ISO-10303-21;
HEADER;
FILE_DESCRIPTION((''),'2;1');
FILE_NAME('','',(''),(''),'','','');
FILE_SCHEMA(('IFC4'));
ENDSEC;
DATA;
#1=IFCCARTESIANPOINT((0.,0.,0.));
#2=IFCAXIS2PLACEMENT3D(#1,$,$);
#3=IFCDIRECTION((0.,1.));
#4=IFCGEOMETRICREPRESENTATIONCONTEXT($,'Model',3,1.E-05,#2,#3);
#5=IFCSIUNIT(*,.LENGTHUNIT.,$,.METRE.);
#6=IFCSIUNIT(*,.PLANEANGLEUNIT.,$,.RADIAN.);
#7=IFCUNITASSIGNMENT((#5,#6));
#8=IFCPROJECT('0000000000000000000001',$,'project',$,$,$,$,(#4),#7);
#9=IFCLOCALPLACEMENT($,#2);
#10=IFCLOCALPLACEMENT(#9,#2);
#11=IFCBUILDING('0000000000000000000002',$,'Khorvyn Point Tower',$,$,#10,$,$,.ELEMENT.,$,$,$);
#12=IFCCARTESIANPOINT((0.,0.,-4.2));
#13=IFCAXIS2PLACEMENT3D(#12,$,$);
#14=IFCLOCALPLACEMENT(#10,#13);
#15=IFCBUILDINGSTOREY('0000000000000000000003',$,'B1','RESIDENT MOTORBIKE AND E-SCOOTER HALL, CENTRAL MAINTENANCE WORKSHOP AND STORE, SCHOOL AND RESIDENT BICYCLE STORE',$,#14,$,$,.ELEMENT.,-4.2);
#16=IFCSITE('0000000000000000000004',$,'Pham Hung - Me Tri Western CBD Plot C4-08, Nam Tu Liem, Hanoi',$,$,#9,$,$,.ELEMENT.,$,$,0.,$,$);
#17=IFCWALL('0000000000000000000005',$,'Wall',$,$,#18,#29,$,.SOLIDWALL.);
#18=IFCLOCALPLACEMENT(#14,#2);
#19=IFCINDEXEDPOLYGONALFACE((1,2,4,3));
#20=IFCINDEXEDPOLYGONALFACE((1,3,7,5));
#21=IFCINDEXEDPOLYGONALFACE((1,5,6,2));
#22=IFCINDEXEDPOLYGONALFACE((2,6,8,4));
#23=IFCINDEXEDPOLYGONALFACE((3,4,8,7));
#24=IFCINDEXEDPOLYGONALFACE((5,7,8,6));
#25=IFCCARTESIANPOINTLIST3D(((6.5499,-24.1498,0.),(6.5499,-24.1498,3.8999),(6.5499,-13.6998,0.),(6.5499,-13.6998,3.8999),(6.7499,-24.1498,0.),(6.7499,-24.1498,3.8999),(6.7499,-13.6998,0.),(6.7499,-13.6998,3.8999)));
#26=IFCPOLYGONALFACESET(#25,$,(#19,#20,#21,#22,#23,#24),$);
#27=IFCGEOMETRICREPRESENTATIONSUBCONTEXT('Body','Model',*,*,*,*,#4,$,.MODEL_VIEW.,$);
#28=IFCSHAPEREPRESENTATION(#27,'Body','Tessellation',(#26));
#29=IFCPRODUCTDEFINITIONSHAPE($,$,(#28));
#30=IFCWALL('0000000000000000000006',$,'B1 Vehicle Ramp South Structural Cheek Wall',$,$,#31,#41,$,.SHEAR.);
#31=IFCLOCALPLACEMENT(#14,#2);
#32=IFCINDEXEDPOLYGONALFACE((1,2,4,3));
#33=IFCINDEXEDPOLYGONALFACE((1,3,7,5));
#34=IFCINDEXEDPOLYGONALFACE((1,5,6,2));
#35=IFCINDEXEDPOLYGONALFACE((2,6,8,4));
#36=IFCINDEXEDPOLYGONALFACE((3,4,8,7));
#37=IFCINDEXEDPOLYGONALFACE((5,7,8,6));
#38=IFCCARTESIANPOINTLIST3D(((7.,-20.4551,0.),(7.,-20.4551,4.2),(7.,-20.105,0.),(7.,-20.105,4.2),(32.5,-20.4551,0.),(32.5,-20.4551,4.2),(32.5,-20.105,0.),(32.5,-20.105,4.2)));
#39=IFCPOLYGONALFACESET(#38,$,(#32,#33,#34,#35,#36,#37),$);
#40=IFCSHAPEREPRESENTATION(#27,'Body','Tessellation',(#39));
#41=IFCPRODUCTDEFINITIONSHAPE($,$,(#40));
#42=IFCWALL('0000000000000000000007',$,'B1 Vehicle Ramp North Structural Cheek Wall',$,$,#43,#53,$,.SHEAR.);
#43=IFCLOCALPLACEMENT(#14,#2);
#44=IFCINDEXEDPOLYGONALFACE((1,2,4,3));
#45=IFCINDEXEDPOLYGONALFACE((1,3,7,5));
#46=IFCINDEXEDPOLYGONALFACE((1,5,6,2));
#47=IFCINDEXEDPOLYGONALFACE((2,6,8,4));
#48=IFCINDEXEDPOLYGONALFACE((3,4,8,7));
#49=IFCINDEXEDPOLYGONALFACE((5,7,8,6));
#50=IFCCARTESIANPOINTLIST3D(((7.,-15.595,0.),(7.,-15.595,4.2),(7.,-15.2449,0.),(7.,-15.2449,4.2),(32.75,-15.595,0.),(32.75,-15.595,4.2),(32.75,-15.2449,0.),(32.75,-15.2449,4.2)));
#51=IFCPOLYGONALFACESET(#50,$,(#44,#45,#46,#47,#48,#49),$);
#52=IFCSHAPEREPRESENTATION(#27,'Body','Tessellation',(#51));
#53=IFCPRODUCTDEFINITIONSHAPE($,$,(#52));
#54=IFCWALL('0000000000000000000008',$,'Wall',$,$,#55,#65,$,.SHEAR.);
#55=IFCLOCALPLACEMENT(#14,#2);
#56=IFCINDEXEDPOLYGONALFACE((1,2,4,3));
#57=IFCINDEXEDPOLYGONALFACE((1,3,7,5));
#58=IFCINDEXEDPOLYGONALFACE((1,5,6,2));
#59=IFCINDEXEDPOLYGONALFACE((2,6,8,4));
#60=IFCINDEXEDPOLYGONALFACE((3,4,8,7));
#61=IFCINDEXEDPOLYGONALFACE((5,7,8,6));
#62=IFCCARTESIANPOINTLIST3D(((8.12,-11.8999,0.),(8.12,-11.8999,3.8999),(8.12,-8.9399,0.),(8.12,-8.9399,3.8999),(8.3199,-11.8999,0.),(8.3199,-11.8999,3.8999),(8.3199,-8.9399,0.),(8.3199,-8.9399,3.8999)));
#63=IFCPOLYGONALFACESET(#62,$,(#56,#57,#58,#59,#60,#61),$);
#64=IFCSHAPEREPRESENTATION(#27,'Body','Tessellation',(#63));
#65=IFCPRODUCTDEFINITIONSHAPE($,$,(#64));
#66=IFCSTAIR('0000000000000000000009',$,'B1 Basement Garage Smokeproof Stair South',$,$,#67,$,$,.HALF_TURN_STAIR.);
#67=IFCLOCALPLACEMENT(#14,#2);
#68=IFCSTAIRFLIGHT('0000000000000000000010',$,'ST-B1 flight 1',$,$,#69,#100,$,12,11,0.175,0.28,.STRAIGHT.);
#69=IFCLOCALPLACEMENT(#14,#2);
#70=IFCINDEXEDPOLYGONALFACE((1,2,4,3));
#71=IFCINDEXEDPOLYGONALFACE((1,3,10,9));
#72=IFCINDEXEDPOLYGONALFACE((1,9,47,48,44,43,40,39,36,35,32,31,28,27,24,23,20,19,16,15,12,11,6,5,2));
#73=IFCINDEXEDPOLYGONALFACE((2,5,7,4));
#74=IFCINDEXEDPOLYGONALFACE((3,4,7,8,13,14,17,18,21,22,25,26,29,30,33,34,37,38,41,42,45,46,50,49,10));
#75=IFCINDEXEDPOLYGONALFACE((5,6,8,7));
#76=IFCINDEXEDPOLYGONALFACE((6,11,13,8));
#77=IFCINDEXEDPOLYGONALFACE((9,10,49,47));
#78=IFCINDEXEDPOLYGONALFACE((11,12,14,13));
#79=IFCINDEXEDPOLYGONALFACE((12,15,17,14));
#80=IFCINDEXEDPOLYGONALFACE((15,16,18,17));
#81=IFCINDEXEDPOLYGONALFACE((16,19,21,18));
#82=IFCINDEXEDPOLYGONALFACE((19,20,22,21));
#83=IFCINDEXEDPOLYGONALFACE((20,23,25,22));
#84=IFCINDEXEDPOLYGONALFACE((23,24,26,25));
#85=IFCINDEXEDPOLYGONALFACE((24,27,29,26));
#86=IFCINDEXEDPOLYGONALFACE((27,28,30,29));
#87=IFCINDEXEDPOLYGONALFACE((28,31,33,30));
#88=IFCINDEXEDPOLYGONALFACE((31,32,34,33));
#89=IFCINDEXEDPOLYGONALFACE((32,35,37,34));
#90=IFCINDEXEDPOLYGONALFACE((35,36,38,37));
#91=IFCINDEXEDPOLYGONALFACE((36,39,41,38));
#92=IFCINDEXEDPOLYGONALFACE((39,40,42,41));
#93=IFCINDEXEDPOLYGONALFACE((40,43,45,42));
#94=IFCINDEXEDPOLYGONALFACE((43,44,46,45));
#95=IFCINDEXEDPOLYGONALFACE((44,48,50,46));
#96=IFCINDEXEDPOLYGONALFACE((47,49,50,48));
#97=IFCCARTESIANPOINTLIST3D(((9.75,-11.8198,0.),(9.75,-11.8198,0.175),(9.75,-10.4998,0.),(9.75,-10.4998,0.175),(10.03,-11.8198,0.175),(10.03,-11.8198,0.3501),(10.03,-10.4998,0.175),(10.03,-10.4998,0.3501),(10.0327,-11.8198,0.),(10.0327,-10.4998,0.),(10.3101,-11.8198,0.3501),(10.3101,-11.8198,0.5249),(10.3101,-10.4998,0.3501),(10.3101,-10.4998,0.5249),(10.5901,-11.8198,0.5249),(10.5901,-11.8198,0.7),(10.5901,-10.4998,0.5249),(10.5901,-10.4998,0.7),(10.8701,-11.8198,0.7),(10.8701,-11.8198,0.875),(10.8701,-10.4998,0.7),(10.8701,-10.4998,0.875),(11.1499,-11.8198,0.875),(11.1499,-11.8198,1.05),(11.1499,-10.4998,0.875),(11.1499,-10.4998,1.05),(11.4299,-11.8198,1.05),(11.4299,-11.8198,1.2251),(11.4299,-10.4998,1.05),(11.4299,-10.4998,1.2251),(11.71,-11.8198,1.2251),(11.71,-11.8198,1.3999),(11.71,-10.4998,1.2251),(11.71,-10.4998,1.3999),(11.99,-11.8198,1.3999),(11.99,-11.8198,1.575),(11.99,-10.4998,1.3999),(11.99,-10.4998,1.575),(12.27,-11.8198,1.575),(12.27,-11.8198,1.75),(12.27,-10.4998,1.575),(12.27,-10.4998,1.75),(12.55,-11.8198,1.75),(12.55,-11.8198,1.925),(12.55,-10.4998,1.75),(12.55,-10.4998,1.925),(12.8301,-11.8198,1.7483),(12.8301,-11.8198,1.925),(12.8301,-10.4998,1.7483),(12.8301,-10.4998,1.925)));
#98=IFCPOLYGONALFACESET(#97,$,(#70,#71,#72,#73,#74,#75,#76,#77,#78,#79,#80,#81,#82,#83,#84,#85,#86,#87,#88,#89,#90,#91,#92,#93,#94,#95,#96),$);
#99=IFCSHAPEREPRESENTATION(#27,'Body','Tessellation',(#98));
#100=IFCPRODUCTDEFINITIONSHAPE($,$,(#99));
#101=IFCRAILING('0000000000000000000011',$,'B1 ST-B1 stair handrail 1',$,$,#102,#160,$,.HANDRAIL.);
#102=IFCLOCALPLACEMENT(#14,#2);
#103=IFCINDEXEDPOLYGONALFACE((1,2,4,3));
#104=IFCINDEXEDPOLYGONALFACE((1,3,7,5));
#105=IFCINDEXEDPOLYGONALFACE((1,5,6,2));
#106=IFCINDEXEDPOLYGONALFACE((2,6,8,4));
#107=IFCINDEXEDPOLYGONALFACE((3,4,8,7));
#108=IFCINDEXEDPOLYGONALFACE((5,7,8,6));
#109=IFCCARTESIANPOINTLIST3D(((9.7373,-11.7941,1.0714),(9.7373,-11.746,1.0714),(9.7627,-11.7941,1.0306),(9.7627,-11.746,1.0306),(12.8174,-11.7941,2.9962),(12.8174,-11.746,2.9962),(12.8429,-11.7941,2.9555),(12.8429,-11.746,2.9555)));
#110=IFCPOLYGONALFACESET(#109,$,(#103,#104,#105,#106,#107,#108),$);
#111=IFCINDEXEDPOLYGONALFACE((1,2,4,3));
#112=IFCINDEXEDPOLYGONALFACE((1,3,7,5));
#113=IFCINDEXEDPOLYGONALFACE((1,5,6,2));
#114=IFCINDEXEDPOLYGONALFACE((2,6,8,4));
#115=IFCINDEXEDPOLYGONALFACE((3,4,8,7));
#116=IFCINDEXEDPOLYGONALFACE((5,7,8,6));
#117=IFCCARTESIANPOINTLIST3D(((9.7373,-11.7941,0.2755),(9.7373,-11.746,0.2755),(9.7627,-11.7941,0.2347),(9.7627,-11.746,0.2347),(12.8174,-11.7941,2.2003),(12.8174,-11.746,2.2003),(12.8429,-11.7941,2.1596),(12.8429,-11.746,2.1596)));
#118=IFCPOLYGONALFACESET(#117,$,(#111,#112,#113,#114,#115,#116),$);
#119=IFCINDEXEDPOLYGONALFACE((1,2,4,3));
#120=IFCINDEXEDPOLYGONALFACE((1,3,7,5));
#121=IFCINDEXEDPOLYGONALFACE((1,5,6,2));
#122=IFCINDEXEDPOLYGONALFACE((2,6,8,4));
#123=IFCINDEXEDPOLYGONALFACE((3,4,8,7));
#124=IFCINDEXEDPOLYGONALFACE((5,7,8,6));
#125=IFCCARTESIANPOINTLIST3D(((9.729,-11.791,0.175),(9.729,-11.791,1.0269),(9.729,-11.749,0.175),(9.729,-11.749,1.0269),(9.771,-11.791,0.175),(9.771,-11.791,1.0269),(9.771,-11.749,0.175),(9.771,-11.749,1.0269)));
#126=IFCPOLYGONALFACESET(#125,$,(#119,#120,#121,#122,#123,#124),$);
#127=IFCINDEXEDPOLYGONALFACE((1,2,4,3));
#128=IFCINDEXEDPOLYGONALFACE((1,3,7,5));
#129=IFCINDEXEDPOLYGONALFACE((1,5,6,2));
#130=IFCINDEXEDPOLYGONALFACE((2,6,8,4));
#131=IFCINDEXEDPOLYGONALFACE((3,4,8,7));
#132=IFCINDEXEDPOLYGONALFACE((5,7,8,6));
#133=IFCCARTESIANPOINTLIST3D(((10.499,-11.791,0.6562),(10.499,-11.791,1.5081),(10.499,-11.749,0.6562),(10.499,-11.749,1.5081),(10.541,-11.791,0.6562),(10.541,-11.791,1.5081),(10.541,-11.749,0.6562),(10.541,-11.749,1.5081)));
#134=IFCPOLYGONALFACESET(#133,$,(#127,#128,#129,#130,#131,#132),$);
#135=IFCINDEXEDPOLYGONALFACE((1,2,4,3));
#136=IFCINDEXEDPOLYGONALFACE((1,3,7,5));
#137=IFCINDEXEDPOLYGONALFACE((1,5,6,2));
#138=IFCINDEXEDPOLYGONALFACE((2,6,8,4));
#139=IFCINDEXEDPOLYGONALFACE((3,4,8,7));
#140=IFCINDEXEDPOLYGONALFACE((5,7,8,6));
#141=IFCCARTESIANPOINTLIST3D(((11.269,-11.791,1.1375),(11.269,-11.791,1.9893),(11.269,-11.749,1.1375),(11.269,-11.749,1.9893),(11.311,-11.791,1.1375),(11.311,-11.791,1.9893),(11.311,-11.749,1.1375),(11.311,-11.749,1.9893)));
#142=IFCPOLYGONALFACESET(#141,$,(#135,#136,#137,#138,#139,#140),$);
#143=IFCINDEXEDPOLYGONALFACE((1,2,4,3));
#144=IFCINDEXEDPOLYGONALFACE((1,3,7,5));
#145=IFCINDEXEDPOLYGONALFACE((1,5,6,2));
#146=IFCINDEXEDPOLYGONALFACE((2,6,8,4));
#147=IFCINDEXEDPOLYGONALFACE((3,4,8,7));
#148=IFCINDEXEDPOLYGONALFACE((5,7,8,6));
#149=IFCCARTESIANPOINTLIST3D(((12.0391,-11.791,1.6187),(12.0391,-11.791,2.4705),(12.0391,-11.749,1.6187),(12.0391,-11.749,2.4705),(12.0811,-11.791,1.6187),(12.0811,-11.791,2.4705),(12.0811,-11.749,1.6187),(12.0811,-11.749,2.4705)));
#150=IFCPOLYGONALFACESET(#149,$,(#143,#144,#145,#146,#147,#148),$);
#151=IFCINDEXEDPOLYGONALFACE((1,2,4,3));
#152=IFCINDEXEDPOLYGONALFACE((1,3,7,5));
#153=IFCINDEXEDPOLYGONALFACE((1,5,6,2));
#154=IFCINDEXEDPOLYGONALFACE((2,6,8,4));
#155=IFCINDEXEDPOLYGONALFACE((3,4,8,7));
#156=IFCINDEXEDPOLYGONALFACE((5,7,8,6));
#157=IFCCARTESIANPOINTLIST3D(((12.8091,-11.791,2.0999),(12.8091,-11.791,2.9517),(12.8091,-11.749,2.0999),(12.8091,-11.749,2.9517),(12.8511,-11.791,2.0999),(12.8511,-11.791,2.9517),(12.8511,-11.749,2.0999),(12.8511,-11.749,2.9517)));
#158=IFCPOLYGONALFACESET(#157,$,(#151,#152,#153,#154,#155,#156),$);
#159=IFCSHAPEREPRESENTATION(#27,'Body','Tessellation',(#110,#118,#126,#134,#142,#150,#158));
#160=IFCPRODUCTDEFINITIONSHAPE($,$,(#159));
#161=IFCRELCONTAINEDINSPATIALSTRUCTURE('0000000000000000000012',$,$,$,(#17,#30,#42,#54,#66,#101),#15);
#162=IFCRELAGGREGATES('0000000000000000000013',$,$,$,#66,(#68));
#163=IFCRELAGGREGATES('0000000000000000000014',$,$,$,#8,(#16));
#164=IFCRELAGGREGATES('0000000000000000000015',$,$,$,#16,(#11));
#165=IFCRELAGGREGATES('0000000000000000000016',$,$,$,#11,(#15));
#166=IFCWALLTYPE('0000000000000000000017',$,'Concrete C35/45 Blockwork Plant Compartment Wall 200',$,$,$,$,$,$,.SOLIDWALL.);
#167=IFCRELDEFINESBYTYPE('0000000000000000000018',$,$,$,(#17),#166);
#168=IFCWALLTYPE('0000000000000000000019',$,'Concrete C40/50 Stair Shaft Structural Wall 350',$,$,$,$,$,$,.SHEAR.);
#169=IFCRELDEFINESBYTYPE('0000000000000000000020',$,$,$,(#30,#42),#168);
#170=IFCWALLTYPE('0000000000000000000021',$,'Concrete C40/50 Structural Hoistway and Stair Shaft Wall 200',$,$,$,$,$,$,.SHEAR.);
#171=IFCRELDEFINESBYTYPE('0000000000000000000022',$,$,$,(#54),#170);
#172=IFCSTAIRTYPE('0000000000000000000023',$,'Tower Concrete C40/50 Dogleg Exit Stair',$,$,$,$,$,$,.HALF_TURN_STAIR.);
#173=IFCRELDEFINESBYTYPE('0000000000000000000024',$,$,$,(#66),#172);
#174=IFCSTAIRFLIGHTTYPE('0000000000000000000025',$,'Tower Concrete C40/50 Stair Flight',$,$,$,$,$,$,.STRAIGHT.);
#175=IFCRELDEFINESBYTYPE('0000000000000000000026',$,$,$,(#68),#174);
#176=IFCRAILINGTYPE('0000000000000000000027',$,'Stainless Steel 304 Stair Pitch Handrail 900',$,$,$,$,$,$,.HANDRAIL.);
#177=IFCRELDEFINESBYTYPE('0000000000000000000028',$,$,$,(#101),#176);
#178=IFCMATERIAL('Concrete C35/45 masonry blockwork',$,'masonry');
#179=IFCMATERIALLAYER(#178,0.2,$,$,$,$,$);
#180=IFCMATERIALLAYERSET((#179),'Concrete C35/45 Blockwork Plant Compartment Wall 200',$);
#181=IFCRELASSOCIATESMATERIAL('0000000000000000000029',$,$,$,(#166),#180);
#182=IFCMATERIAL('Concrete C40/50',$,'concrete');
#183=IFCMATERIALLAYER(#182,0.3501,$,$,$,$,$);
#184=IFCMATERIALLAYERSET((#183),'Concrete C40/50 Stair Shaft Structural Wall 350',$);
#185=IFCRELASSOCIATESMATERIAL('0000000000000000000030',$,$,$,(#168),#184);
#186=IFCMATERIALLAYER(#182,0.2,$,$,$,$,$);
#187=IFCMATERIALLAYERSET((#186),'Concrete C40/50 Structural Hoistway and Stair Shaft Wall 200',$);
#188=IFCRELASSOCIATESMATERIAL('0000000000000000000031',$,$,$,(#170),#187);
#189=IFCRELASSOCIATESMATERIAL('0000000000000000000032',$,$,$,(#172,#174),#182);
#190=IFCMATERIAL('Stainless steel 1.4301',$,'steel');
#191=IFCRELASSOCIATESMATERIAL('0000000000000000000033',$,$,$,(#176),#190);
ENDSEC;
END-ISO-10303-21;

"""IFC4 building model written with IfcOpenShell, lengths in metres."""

from ifc_helpers import new_model, si_unit, direction, frame, frame_2d, origin, origin_2d, place, context, subcontext, project, spatial, polyline, rectangle, outline, extrude, material, layer, layer_set, type_object, element, aggregate, save


model = new_model("IFC4")

# Units and contexts
model_context = context("Model", 3, precision=1e-05, world=origin(), true_north=direction((0.0, 1.0)))
body_context = subcontext(model_context, "Body", "Model", "MODEL_VIEW")
ifc_project = project(units=[si_unit("LENGTHUNIT", "METRE"), si_unit("PLANEANGLEUNIT", "RADIAN")], contexts=[model_context])

# Site, building, storey
site_placement = place(None, origin())
site = spatial("IfcSite", under=ifc_project, at=site_placement, Name="Pham Hung - Me Tri Western CBD Plot C4-08, Nam Tu Liem, Hanoi", CompositionType="ELEMENT", RefElevation=0.0)
building_placement = place(site_placement, origin())
building = spatial("IfcBuilding", under=site, at=building_placement, Name="Khorvyn Point Tower", CompositionType="ELEMENT")
storey_placement = place(building_placement, frame((0.0, 0.0, -4.2)))
storey = spatial("IfcBuildingStorey", under=building, at=storey_placement, Name="B1", Description="RESIDENT MOTORBIKE AND E-SCOOTER HALL, CENTRAL MAINTENANCE WORKSHOP AND STORE, SCHOOL AND RESIDENT BICYCLE STORE", CompositionType="ELEMENT", Elevation=-4.2)

# Shared definitions
ifc_material_1 = material(Name="Concrete C40/50", Category="concrete")

# Wall
ifc_material_2 = material(Name="Concrete C35/45 masonry blockwork", Category="masonry")
ifc_layer_1 = layer(ifc_material_2, 0.2)
ifc_layer_set_1 = layer_set([ifc_layer_1], Name="Concrete C35/45 Blockwork Plant Compartment Wall 200")
wall_type_1 = type_object("IfcWallType", Name="Concrete C35/45 Blockwork Plant Compartment Wall 200", PredefinedType="SOLIDWALL", material=ifc_layer_set_1)
wall_1_placement = place(storey_placement, frame((6.6499, -24.1499, 0.0), z_axis=(0.0, 0.0, 1.0), x_axis=(0.0, 1.0, 0.0)))
element("IfcWall", 1, at=wall_1_placement, inside=storey, type_object=wall_type_1, Name="Wall", PredefinedType="SOLIDWALL", context=body_context, shape_type="SweptSolid", body=[
    extrude(rectangle(XDim=10.45, YDim=0.2, at=frame_2d((5.2251, 0.0))), origin(), (0.0, 0.0, 1.0), 3.8999),
])

# Walls
ifc_layer_2 = layer(ifc_material_1, 0.3501)
ifc_layer_set_2 = layer_set([ifc_layer_2], Name="Concrete C40/50 Stair Shaft Structural Wall 350")
wall_type_2 = type_object("IfcWallType", Name="Concrete C40/50 Stair Shaft Structural Wall 350", PredefinedType="SHEAR", material=ifc_layer_set_2)
wall_2_placement = place(storey_placement, frame((7.0, -20.28, 0.0), z_axis=(0.0, 0.0, 1.0), x_axis=(1.0, 0.0, 0.0)))
element("IfcWall", 2, at=wall_2_placement, inside=storey, type_object=wall_type_2, Name="B1 Vehicle Ramp South Structural Cheek Wall", PredefinedType="SHEAR", context=body_context, shape_type="SweptSolid", body=[
    extrude(rectangle(XDim=25.5, YDim=0.3501, at=frame_2d((12.75, 0.0))), origin(), (0.0, 0.0, 1.0), 4.2),
])
wall_3_placement = place(storey_placement, frame((7.0, -15.4199, 0.0), z_axis=(0.0, 0.0, 1.0), x_axis=(1.0, 0.0, 0.0)))
element("IfcWall", 3, at=wall_3_placement, inside=storey, type_object=wall_type_2, Name="B1 Vehicle Ramp North Structural Cheek Wall", PredefinedType="SHEAR", context=body_context, shape_type="SweptSolid", body=[
    extrude(rectangle(XDim=25.75, YDim=0.3501, at=frame_2d((12.875, 0.0))), origin(), (0.0, 0.0, 1.0), 4.2),
])
ifc_layer_3 = layer(ifc_material_1, 0.2)
ifc_layer_set_3 = layer_set([ifc_layer_3], Name="Concrete C40/50 Structural Hoistway and Stair Shaft Wall 200")
wall_type_3 = type_object("IfcWallType", Name="Concrete C40/50 Structural Hoistway and Stair Shaft Wall 200", PredefinedType="SHEAR", material=ifc_layer_set_3)
wall_4_placement = place(storey_placement, frame((8.22, -11.8999, 0.0), z_axis=(0.0, 0.0, 1.0), x_axis=(0.0, 1.0, 0.0)))
element("IfcWall", 4, at=wall_4_placement, inside=storey, type_object=wall_type_3, Name="Wall", PredefinedType="SHEAR", context=body_context, shape_type="SweptSolid", body=[
    extrude(rectangle(XDim=2.96, YDim=0.2, at=frame_2d((1.48, 0.0))), origin(), (0.0, 0.0, 1.0), 3.8999),
])

# Stair, stair flight
stair_type = type_object("IfcStairType", Name="Tower Concrete C40/50 Dogleg Exit Stair", PredefinedType="HALF_TURN_STAIR", material=ifc_material_1)
stair_placement = place(storey_placement, origin())
stair = element("IfcStair", 5, at=stair_placement, inside=storey, type_object=stair_type, Name="B1 Basement Garage Smokeproof Stair South", PredefinedType="HALF_TURN_STAIR")
stair_flight_type = type_object("IfcStairFlightType", Name="Tower Concrete C40/50 Stair Flight", PredefinedType="STRAIGHT", material=ifc_material_1)
stair_flight_placement = place(storey_placement, frame((9.75, -11.1599, 0.0), z_axis=(0.0, 0.0, 1.0), x_axis=(1.0, 0.0, 0.0)))
stair_flight = element("IfcStairFlight", 6, at=stair_flight_placement, type_object=stair_flight_type, Name="ST-B1 flight 1", NumberOfRisers=12, NumberOfTreads=11, PredefinedType="STRAIGHT", RiserHeight=0.175, TreadLength=0.28, context=body_context, shape_type="SweptSolid", body=[
    extrude(outline(polyline([(0.0, 0.0), (0.0, 0.175), (0.28, 0.175), (0.28, 0.3501), (0.5601, 0.3501), (0.5601, 0.5249), (0.8401, 0.5249), (0.8401, 0.7), (1.1201, 0.7), (1.1201, 0.875), (1.3999, 0.875), (1.3999, 1.05), (1.6799, 1.05), (1.6799, 1.2251), (1.96, 1.2251), (1.96, 1.3999), (2.24, 1.3999), (2.24, 1.575), (2.52, 1.575), (2.52, 1.75), (2.8, 1.75), (2.8, 1.925), (3.0801, 1.925), (3.0801, 2.1001), (3.0801, 1.7483), (0.2827, 0.0), (0.0, 0.0)])), frame((0.0, 0.6602, 0.0), z_axis=(0.0, -1.0, 0.0), x_axis=(1.0, 0.0, 0.0)), (0.0, 0.0, 1.0), 1.3201),
])
aggregate(stair, [stair_flight])

# Railing
ifc_material_3 = material(Name="Stainless steel 1.4301", Category="steel")
railing_type_1 = type_object("IfcRailingType", Name="Stainless Steel 304 Stair Pitch Handrail 900", PredefinedType="HANDRAIL", material=ifc_material_3)
railing_placement = place(storey_placement, frame((9.75, -11.77, 0.175)))
element("IfcRailing", 7, at=railing_placement, inside=storey, type_object=railing_type_1, Name="B1 ST-B1 stair handrail 1", PredefinedType="HANDRAIL", context=body_context, shape_type="SweptSolid", body=[
    extrude(rectangle(XDim=0.0481, YDim=0.0481, at=origin_2d()), frame((0.0, 0.0, 0.876), z_axis=(0.848029, 0.0, 0.529951), x_axis=(0.0, 1.0, 0.0)), (0.0, 0.0, 1.0), 3.6321),
    extrude(rectangle(XDim=0.0481, YDim=0.0481, at=origin_2d()), frame((0.0, 0.0, 0.0801), z_axis=(0.848029, 0.0, 0.529951), x_axis=(0.0, 1.0, 0.0)), (0.0, 0.0, 1.0), 3.6321),
    extrude(rectangle(XDim=0.042, YDim=0.042, at=origin_2d()), origin(), (0.0, 0.0, 1.0), 0.8518),
    extrude(rectangle(XDim=0.042, YDim=0.042, at=origin_2d()), frame((0.77, 0.0, 0.4812)), (0.0, 0.0, 1.0), 0.8518),
    extrude(rectangle(XDim=0.042, YDim=0.042, at=origin_2d()), frame((1.54, 0.0, 0.9624)), (0.0, 0.0, 1.0), 0.8518),
    extrude(rectangle(XDim=0.042, YDim=0.042, at=origin_2d()), frame((2.3101, 0.0, 1.4436)), (0.0, 0.0, 1.0), 0.8518),
    extrude(rectangle(XDim=0.042, YDim=0.042, at=origin_2d()), frame((3.0801, 0.0, 1.9248)), (0.0, 0.0, 1.0), 0.8518),
])

save(model, "model.ifc")
